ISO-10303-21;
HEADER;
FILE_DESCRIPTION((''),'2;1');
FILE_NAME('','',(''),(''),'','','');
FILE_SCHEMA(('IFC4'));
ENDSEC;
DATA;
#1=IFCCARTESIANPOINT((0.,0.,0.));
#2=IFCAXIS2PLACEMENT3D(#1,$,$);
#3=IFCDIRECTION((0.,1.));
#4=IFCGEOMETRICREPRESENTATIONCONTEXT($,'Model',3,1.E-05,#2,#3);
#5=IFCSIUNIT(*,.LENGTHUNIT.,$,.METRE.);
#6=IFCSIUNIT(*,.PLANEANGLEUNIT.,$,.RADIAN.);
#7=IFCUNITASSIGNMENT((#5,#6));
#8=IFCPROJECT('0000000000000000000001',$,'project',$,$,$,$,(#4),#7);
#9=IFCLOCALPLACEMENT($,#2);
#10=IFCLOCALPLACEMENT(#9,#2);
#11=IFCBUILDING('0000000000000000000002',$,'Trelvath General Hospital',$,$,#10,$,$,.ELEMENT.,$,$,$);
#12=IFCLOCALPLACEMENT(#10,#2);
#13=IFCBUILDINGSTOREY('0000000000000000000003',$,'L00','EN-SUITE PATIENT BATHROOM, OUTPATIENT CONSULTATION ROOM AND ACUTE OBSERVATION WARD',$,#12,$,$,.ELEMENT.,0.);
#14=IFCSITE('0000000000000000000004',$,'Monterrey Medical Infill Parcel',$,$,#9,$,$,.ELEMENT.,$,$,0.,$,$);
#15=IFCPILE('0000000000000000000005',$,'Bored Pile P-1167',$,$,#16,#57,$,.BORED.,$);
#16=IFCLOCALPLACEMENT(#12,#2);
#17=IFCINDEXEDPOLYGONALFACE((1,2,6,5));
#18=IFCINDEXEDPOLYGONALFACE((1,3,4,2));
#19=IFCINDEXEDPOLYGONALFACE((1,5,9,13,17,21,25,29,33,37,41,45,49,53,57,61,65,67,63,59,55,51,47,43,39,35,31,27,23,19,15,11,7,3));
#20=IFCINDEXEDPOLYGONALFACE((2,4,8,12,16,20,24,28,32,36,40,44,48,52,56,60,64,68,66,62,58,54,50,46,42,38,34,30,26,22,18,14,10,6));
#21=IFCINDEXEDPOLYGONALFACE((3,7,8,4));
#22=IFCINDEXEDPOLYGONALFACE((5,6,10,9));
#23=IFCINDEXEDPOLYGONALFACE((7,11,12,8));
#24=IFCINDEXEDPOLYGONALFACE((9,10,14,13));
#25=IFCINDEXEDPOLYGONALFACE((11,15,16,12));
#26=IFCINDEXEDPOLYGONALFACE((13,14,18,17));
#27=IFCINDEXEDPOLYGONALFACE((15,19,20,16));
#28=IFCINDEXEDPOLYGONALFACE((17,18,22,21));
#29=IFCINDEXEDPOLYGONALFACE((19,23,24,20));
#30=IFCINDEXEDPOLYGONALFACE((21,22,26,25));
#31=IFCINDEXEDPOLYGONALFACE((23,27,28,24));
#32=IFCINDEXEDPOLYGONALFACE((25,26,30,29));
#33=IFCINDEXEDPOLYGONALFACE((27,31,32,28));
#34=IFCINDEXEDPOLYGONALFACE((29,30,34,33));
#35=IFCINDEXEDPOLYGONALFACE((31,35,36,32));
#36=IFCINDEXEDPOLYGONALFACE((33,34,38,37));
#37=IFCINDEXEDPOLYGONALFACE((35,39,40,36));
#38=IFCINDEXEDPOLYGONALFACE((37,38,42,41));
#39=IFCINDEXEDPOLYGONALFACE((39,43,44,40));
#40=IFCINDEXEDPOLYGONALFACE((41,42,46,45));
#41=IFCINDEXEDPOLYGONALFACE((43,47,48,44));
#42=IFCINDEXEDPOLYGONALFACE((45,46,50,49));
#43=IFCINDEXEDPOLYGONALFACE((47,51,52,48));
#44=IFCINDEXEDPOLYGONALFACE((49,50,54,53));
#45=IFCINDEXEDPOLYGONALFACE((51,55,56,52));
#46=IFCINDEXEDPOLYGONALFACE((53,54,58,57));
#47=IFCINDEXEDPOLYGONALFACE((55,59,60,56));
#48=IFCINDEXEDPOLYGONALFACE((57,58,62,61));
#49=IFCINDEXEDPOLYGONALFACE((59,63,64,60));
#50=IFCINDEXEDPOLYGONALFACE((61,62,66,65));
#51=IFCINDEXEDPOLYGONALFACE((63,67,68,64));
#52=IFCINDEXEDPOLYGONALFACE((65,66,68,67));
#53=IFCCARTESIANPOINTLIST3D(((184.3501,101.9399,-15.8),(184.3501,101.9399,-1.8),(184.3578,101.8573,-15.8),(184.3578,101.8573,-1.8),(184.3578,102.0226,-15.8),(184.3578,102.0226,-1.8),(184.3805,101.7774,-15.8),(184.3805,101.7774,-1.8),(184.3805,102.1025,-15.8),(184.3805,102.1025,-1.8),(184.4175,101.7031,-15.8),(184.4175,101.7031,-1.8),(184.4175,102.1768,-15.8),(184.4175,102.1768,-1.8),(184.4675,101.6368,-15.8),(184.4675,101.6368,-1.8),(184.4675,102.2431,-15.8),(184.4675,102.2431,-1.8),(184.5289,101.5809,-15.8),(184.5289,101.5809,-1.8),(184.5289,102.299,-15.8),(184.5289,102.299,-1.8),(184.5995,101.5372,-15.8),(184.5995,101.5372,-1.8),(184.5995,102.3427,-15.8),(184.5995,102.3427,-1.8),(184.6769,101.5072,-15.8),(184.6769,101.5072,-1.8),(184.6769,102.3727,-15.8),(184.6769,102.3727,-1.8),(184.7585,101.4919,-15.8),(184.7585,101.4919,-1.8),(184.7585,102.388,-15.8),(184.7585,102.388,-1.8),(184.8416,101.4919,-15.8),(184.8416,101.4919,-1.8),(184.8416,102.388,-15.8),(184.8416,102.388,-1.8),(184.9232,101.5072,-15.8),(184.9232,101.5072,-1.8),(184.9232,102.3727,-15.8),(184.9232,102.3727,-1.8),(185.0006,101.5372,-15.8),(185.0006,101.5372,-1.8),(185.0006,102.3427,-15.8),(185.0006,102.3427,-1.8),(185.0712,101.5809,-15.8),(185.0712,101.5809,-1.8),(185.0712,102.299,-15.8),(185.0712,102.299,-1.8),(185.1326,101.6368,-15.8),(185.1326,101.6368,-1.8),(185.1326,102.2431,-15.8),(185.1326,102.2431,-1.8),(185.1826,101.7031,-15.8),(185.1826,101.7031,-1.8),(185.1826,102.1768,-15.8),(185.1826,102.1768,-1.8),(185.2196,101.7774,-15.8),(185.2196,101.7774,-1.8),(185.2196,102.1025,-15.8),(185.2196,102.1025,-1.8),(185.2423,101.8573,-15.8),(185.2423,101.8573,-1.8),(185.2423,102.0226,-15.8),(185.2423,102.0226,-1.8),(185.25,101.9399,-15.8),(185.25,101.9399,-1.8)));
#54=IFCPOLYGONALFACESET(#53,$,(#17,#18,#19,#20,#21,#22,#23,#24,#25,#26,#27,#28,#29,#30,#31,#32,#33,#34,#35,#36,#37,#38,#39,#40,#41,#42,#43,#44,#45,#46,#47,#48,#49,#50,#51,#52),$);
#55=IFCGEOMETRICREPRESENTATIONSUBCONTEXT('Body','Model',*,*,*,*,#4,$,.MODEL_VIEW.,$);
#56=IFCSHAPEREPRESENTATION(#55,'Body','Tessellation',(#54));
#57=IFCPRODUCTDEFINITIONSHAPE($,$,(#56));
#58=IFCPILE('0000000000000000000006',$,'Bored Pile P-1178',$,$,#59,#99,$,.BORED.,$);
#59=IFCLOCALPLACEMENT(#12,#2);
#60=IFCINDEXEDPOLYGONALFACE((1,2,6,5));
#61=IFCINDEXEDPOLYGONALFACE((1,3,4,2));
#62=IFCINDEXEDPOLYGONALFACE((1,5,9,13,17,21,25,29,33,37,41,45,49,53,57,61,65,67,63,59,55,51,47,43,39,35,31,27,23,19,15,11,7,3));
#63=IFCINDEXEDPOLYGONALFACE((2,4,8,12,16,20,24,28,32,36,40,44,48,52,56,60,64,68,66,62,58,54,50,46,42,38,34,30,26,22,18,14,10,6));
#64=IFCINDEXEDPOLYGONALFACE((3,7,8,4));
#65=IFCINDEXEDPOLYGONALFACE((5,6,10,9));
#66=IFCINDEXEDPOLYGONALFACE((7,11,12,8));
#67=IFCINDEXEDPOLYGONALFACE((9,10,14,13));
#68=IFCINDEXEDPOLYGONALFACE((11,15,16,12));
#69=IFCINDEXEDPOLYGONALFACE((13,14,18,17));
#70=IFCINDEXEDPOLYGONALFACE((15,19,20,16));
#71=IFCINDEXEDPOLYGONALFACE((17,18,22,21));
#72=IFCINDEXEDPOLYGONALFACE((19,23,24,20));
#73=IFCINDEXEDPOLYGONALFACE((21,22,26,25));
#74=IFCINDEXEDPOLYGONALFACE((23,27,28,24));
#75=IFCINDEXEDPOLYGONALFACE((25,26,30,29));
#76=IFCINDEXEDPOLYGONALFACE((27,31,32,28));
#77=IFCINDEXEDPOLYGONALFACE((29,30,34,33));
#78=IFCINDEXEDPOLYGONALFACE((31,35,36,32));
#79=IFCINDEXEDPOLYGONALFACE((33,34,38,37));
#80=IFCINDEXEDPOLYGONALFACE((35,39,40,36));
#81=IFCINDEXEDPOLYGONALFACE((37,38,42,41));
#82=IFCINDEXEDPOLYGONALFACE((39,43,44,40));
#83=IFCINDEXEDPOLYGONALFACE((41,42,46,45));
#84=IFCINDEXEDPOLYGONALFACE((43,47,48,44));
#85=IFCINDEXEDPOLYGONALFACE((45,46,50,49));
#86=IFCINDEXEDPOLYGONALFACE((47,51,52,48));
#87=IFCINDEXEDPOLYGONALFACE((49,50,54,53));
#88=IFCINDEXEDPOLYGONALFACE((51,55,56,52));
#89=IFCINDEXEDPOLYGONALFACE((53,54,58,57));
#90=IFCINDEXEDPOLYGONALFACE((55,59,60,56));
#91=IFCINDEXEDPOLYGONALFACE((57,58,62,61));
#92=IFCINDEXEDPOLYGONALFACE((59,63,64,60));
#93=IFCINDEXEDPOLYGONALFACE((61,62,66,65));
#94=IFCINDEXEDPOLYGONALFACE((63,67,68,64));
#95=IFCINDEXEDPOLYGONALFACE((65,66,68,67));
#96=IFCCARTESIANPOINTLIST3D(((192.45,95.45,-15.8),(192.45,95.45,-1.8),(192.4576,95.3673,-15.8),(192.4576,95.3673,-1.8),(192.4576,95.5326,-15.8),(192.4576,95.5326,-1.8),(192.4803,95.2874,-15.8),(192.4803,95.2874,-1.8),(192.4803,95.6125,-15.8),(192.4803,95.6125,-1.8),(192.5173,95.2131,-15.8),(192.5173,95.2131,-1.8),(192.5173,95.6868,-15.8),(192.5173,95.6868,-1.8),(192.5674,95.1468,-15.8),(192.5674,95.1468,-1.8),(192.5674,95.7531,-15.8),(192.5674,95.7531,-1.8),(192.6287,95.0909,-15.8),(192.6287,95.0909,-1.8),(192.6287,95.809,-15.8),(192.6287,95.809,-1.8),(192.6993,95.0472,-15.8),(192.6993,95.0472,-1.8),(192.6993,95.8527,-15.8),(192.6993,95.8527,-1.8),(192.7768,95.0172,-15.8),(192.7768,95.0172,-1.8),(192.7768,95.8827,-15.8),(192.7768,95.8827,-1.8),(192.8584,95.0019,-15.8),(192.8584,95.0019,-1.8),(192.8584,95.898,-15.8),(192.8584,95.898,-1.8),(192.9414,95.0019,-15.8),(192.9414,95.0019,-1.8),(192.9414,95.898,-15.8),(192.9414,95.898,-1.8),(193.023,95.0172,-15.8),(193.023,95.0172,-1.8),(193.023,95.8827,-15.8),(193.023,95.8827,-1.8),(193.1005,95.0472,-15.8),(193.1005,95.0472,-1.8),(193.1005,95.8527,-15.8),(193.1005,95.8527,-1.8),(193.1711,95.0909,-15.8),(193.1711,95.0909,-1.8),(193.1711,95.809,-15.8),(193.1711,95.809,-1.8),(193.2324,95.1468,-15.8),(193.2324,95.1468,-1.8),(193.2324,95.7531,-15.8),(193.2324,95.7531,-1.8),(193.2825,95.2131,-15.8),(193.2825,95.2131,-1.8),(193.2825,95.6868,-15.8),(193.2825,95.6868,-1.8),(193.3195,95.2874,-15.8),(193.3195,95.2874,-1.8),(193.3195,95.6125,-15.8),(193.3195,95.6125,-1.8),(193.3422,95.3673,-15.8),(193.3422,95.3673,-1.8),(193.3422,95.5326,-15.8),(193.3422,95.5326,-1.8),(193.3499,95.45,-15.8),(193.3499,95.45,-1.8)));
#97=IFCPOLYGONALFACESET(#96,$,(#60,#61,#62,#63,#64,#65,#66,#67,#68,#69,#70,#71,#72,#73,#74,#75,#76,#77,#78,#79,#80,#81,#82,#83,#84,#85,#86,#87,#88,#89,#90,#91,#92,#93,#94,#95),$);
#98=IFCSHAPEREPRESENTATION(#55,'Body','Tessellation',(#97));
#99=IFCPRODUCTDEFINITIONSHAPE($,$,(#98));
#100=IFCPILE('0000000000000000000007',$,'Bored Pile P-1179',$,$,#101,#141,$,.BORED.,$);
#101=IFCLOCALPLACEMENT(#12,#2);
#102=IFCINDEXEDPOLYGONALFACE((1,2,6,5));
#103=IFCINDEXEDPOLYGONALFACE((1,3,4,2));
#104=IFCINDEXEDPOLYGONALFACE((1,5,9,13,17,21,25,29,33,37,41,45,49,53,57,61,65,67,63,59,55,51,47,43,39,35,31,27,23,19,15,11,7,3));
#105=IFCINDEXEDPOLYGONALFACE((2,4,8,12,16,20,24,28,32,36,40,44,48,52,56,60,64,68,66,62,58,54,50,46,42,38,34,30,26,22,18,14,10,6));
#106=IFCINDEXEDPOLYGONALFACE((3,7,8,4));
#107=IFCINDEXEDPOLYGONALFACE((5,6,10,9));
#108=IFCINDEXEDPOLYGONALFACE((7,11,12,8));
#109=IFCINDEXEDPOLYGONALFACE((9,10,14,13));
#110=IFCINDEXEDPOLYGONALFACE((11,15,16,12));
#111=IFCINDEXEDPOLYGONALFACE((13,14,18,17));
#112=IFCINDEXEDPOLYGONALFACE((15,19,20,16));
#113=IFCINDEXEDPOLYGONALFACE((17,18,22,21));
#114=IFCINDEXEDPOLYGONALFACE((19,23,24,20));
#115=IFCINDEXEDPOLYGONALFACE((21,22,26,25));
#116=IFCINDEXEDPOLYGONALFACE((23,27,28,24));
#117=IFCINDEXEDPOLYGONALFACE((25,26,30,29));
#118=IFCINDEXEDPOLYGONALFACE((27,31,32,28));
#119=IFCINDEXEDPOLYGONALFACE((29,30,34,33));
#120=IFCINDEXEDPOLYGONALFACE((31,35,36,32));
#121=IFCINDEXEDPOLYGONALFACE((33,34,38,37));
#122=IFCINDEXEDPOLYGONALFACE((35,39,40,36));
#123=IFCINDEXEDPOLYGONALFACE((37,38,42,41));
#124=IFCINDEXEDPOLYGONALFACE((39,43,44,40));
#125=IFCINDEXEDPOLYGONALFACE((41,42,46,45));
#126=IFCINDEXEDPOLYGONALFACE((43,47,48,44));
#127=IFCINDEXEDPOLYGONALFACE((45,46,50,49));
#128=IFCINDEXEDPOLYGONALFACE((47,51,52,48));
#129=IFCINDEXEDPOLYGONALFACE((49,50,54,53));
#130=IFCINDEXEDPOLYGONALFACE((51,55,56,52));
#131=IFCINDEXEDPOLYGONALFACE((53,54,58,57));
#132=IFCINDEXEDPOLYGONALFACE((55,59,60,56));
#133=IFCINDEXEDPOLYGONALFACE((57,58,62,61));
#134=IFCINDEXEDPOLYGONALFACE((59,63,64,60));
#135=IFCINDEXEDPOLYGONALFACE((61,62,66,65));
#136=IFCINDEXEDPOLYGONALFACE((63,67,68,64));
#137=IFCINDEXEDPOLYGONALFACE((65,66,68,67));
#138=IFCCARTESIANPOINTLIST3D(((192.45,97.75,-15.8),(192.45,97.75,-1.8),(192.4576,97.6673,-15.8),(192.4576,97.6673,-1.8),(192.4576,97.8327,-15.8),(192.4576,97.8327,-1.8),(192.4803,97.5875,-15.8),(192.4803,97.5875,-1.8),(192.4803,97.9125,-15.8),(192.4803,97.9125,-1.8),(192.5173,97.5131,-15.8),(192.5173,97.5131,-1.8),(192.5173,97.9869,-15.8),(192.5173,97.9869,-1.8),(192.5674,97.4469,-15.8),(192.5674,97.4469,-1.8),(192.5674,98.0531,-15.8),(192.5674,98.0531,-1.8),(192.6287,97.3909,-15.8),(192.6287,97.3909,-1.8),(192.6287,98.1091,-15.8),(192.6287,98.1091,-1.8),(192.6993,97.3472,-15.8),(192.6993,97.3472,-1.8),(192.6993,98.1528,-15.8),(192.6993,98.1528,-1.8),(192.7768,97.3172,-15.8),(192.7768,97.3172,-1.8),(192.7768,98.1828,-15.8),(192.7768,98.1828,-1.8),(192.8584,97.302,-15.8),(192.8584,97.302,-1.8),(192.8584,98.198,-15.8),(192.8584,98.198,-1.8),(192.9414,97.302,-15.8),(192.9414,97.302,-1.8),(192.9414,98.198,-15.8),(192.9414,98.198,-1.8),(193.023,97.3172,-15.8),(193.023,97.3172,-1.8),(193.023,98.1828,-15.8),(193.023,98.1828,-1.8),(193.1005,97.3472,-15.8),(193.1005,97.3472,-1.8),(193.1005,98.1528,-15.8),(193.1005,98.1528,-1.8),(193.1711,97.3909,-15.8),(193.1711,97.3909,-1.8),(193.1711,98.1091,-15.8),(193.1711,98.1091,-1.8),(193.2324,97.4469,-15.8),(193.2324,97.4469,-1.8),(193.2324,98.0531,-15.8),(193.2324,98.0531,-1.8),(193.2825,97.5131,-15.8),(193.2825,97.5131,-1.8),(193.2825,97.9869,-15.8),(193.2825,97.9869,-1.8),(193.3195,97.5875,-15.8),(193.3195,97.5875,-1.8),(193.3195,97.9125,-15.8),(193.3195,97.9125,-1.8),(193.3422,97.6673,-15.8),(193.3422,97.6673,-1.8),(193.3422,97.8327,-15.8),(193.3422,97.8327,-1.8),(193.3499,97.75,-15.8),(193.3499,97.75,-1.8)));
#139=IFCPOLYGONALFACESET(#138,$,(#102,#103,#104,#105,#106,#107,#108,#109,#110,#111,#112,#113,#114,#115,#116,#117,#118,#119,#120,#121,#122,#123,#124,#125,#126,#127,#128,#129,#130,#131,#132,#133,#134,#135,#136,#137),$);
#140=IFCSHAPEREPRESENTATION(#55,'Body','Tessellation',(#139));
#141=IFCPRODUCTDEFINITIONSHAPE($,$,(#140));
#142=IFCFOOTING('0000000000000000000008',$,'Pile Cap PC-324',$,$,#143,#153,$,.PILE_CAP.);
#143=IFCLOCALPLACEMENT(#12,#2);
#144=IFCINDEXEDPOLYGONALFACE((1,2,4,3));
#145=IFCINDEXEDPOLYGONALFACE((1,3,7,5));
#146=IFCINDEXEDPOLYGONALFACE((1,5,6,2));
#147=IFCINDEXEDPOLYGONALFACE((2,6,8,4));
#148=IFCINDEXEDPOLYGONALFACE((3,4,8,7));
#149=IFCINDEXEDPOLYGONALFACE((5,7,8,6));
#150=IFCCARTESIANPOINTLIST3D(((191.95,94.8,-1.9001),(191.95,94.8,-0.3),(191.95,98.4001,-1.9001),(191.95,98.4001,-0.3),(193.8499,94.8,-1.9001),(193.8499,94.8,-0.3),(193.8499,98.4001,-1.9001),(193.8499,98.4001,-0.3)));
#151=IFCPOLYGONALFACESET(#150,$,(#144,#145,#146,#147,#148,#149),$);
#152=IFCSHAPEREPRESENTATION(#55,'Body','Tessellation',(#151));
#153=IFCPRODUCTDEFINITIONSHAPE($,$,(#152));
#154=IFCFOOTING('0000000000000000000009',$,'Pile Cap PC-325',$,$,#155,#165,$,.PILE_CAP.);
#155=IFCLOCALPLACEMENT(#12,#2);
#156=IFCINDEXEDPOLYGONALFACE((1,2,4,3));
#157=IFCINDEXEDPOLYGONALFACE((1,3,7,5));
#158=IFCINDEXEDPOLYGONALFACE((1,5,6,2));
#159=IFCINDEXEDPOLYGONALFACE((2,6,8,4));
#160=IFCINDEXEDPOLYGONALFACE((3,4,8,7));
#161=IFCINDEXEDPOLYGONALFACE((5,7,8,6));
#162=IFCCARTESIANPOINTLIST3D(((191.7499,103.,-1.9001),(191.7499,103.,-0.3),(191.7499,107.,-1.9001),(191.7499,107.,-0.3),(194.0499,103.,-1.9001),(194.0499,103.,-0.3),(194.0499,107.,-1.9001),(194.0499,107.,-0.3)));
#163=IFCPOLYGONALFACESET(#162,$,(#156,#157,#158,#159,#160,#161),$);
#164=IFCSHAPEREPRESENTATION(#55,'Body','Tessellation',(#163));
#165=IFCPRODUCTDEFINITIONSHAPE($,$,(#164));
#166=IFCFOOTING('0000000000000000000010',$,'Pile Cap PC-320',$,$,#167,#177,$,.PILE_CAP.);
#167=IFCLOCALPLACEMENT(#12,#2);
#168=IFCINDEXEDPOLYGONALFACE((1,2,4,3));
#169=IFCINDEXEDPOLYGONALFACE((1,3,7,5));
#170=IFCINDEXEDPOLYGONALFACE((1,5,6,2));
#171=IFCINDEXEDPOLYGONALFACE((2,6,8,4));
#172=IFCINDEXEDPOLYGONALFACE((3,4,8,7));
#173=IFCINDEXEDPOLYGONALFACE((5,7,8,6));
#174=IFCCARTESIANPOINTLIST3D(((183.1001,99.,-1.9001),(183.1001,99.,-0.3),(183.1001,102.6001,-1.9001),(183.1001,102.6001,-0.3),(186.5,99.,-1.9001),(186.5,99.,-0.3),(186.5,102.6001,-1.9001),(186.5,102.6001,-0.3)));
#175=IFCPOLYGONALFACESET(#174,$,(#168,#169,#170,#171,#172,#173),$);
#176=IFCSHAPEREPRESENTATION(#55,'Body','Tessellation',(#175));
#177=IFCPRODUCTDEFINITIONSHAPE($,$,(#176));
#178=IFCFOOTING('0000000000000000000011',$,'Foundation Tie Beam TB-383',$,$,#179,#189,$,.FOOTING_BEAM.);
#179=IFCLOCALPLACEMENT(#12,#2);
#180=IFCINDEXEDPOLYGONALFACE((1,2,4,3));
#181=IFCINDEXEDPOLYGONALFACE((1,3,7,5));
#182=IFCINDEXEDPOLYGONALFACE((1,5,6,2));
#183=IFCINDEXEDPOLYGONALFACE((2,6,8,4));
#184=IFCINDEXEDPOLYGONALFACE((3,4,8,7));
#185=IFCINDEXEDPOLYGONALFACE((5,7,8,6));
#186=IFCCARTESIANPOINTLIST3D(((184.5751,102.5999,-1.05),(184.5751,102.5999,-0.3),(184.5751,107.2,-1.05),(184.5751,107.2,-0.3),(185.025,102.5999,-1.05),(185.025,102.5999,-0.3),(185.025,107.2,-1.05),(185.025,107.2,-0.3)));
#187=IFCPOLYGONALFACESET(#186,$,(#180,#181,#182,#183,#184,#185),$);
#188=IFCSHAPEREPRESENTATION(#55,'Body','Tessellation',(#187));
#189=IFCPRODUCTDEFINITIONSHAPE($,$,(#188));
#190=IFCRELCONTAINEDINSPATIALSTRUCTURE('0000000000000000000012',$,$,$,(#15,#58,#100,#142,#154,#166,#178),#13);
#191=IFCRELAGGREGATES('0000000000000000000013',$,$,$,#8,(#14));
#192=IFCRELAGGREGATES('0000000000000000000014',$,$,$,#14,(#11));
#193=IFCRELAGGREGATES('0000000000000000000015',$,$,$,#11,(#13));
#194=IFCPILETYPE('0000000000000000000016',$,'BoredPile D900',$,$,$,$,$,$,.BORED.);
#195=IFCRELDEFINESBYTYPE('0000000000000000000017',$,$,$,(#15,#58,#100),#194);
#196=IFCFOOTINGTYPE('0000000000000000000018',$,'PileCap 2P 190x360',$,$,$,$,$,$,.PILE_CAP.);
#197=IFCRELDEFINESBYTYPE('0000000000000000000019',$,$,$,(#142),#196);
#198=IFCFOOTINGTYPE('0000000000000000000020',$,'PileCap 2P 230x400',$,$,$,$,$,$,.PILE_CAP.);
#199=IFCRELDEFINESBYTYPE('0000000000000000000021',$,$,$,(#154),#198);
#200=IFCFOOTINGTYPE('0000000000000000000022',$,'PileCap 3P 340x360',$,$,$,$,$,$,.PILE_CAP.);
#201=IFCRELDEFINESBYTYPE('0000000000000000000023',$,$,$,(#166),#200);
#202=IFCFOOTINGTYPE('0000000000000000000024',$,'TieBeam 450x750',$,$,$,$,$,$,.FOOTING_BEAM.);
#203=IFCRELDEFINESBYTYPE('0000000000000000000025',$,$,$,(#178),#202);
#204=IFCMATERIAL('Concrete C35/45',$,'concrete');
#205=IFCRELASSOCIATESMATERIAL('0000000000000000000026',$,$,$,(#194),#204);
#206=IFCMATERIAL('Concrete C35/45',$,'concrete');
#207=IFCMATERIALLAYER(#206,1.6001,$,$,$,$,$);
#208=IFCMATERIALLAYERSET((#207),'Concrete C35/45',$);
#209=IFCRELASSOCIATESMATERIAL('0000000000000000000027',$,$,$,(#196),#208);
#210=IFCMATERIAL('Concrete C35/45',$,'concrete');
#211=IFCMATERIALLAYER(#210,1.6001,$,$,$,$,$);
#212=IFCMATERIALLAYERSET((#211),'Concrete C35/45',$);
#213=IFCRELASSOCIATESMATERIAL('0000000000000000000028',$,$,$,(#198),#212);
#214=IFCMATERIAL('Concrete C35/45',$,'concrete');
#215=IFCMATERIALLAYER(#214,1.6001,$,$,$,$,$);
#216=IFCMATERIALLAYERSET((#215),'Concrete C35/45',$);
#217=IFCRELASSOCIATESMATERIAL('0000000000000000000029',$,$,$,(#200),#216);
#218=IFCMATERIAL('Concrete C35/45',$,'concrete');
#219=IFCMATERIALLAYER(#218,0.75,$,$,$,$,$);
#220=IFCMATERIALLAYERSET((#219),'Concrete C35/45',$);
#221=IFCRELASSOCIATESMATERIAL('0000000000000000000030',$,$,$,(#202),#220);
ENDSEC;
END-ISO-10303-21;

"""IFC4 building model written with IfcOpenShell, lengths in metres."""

from ifc_helpers import new_model, si_unit, direction, frame, origin, origin_2d, place, context, subcontext, project, spatial, rectangle, circle, extrude, material, layer, layer_set, material_profile, profile_set, type_object, element, save


model = new_model("IFC4")

# Units and contexts
model_context = context("Model", 3, precision=1e-05, world=origin(), true_north=direction((0.0, 1.0)))
body_context = subcontext(model_context, "Body", "Model", "MODEL_VIEW")
ifc_project = project(units=[si_unit("LENGTHUNIT", "METRE"), si_unit("PLANEANGLEUNIT", "RADIAN")], contexts=[model_context])

# Site, building, storey
site_placement = place(None, origin())
site = spatial("IfcSite", under=ifc_project, at=site_placement, Name="Monterrey Medical Infill Parcel", CompositionType="ELEMENT", RefElevation=0.0)
building_placement = place(site_placement, origin())
building = spatial("IfcBuilding", under=site, at=building_placement, Name="Trelvath General Hospital", CompositionType="ELEMENT")
storey_placement = place(building_placement, origin())
storey = spatial("IfcBuildingStorey", under=building, at=storey_placement, Name="L00", Description="EN-SUITE PATIENT BATHROOM, OUTPATIENT CONSULTATION ROOM AND ACUTE OBSERVATION WARD", CompositionType="ELEMENT", Elevation=0.0)

# Piles
ifc_material_1 = material(Name="Concrete C35/45", Category="concrete")
ifc_material_profile_1 = material_profile(ifc_material_1, circle(Radius=0.45, at=origin_2d()), Name="PILE900")
ifc_profile_set_1 = profile_set([ifc_material_profile_1], Name="Concrete C35/45")
pile_type_1 = type_object("IfcPileType", Name="BoredPile D900", PredefinedType="BORED", material=ifc_profile_set_1)
for number, where, z_axis, x_axis, name in (
    (1, (184.8, 101.9399, -1.8), (0.0, 0.0, -1.0), (1.0, 0.0, 0.0), "Bored Pile P-1167"),
    (2, (192.8999, 95.45, -1.8), (0.0, 0.0, -1.0), (1.0, 0.0, 0.0), "Bored Pile P-1178"),
    (3, (192.8999, 97.75, -1.8), (0.0, 0.0, -1.0), (1.0, 0.0, 0.0), "Bored Pile P-1179"),
):
    element("IfcPile", number, at=place(storey_placement, frame(where, z_axis=z_axis, x_axis=x_axis)), inside=storey, type_object=pile_type_1, Name=name, PredefinedType="BORED", context=body_context, shape_type="SweptSolid", body=[
        extrude(circle(Radius=0.45, at=origin_2d()), origin(), (0.0, 0.0, 1.0), 14.0),
    ])

# Footings
ifc_material_2 = material(Name="Concrete C35/45", Category="concrete")
ifc_layer_1 = layer(ifc_material_2, 1.6001)
ifc_layer_set_1 = layer_set([ifc_layer_1], Name="Concrete C35/45")
footing_type_1 = type_object("IfcFootingType", Name="PileCap 2P 190x360", PredefinedType="PILE_CAP", material=ifc_layer_set_1)
footing_1_placement = place(storey_placement, frame((192.8999, 96.6001, -1.9001), z_axis=(0.0, 0.0, 1.0), x_axis=(1.0, 0.0, 0.0)))
element("IfcFooting", 4, at=footing_1_placement, inside=storey, type_object=footing_type_1, Name="Pile Cap PC-324", PredefinedType="PILE_CAP", context=body_context, shape_type="SweptSolid", body=[
    extrude(rectangle(XDim=1.8999, YDim=3.6001, at=origin_2d()), origin(), (0.0, 0.0, 1.0), 1.6001),
])
ifc_material_3 = material(Name="Concrete C35/45", Category="concrete")
ifc_layer_2 = layer(ifc_material_3, 1.6001)
ifc_layer_set_2 = layer_set([ifc_layer_2], Name="Concrete C35/45")
footing_type_2 = type_object("IfcFootingType", Name="PileCap 2P 230x400", PredefinedType="PILE_CAP", material=ifc_layer_set_2)
footing_2_placement = place(storey_placement, frame((192.8999, 105.0, -1.9001), z_axis=(0.0, 0.0, 1.0), x_axis=(1.0, 0.0, 0.0)))
element("IfcFooting", 5, at=footing_2_placement, inside=storey, type_object=footing_type_2, Name="Pile Cap PC-325", PredefinedType="PILE_CAP", context=body_context, shape_type="SweptSolid", body=[
    extrude(rectangle(XDim=2.3, YDim=4.0, at=origin_2d()), origin(), (0.0, 0.0, 1.0), 1.6001),
])
ifc_material_4 = material(Name="Concrete C35/45", Category="concrete")
ifc_layer_3 = layer(ifc_material_4, 1.6001)
ifc_layer_set_3 = layer_set([ifc_layer_3], Name="Concrete C35/45")
footing_type_3 = type_object("IfcFootingType", Name="PileCap 3P 340x360", PredefinedType="PILE_CAP", material=ifc_layer_set_3)
footing_3_placement = place(storey_placement, frame((184.8, 100.8, -1.9001), z_axis=(0.0, 0.0, 1.0), x_axis=(1.0, 0.0, 0.0)))
element("IfcFooting", 6, at=footing_3_placement, inside=storey, type_object=footing_type_3, Name="Pile Cap PC-320", PredefinedType="PILE_CAP", context=body_context, shape_type="SweptSolid", body=[
    extrude(rectangle(XDim=3.3999, YDim=3.6001, at=origin_2d()), origin(), (0.0, 0.0, 1.0), 1.6001),
])
ifc_material_5 = material(Name="Concrete C35/45", Category="concrete")
ifc_layer_4 = layer(ifc_material_5, 0.75)
ifc_layer_set_4 = layer_set([ifc_layer_4], Name="Concrete C35/45")
footing_type_4 = type_object("IfcFootingType", Name="TieBeam 450x750", PredefinedType="FOOTING_BEAM", material=ifc_layer_set_4)
footing_4_placement = place(storey_placement, frame((184.8, 104.8999, -1.05), z_axis=(0.0, 0.0, 1.0), x_axis=(1.0, 0.0, 0.0)))
element("IfcFooting", 7, at=footing_4_placement, inside=storey, type_object=footing_type_4, Name="Foundation Tie Beam TB-383", PredefinedType="FOOTING_BEAM", context=body_context, shape_type="SweptSolid", body=[
    extrude(rectangle(XDim=0.45, YDim=4.6001, at=origin_2d()), origin(), (0.0, 0.0, 1.0), 0.75),
])

save(model, "model.ifc")
